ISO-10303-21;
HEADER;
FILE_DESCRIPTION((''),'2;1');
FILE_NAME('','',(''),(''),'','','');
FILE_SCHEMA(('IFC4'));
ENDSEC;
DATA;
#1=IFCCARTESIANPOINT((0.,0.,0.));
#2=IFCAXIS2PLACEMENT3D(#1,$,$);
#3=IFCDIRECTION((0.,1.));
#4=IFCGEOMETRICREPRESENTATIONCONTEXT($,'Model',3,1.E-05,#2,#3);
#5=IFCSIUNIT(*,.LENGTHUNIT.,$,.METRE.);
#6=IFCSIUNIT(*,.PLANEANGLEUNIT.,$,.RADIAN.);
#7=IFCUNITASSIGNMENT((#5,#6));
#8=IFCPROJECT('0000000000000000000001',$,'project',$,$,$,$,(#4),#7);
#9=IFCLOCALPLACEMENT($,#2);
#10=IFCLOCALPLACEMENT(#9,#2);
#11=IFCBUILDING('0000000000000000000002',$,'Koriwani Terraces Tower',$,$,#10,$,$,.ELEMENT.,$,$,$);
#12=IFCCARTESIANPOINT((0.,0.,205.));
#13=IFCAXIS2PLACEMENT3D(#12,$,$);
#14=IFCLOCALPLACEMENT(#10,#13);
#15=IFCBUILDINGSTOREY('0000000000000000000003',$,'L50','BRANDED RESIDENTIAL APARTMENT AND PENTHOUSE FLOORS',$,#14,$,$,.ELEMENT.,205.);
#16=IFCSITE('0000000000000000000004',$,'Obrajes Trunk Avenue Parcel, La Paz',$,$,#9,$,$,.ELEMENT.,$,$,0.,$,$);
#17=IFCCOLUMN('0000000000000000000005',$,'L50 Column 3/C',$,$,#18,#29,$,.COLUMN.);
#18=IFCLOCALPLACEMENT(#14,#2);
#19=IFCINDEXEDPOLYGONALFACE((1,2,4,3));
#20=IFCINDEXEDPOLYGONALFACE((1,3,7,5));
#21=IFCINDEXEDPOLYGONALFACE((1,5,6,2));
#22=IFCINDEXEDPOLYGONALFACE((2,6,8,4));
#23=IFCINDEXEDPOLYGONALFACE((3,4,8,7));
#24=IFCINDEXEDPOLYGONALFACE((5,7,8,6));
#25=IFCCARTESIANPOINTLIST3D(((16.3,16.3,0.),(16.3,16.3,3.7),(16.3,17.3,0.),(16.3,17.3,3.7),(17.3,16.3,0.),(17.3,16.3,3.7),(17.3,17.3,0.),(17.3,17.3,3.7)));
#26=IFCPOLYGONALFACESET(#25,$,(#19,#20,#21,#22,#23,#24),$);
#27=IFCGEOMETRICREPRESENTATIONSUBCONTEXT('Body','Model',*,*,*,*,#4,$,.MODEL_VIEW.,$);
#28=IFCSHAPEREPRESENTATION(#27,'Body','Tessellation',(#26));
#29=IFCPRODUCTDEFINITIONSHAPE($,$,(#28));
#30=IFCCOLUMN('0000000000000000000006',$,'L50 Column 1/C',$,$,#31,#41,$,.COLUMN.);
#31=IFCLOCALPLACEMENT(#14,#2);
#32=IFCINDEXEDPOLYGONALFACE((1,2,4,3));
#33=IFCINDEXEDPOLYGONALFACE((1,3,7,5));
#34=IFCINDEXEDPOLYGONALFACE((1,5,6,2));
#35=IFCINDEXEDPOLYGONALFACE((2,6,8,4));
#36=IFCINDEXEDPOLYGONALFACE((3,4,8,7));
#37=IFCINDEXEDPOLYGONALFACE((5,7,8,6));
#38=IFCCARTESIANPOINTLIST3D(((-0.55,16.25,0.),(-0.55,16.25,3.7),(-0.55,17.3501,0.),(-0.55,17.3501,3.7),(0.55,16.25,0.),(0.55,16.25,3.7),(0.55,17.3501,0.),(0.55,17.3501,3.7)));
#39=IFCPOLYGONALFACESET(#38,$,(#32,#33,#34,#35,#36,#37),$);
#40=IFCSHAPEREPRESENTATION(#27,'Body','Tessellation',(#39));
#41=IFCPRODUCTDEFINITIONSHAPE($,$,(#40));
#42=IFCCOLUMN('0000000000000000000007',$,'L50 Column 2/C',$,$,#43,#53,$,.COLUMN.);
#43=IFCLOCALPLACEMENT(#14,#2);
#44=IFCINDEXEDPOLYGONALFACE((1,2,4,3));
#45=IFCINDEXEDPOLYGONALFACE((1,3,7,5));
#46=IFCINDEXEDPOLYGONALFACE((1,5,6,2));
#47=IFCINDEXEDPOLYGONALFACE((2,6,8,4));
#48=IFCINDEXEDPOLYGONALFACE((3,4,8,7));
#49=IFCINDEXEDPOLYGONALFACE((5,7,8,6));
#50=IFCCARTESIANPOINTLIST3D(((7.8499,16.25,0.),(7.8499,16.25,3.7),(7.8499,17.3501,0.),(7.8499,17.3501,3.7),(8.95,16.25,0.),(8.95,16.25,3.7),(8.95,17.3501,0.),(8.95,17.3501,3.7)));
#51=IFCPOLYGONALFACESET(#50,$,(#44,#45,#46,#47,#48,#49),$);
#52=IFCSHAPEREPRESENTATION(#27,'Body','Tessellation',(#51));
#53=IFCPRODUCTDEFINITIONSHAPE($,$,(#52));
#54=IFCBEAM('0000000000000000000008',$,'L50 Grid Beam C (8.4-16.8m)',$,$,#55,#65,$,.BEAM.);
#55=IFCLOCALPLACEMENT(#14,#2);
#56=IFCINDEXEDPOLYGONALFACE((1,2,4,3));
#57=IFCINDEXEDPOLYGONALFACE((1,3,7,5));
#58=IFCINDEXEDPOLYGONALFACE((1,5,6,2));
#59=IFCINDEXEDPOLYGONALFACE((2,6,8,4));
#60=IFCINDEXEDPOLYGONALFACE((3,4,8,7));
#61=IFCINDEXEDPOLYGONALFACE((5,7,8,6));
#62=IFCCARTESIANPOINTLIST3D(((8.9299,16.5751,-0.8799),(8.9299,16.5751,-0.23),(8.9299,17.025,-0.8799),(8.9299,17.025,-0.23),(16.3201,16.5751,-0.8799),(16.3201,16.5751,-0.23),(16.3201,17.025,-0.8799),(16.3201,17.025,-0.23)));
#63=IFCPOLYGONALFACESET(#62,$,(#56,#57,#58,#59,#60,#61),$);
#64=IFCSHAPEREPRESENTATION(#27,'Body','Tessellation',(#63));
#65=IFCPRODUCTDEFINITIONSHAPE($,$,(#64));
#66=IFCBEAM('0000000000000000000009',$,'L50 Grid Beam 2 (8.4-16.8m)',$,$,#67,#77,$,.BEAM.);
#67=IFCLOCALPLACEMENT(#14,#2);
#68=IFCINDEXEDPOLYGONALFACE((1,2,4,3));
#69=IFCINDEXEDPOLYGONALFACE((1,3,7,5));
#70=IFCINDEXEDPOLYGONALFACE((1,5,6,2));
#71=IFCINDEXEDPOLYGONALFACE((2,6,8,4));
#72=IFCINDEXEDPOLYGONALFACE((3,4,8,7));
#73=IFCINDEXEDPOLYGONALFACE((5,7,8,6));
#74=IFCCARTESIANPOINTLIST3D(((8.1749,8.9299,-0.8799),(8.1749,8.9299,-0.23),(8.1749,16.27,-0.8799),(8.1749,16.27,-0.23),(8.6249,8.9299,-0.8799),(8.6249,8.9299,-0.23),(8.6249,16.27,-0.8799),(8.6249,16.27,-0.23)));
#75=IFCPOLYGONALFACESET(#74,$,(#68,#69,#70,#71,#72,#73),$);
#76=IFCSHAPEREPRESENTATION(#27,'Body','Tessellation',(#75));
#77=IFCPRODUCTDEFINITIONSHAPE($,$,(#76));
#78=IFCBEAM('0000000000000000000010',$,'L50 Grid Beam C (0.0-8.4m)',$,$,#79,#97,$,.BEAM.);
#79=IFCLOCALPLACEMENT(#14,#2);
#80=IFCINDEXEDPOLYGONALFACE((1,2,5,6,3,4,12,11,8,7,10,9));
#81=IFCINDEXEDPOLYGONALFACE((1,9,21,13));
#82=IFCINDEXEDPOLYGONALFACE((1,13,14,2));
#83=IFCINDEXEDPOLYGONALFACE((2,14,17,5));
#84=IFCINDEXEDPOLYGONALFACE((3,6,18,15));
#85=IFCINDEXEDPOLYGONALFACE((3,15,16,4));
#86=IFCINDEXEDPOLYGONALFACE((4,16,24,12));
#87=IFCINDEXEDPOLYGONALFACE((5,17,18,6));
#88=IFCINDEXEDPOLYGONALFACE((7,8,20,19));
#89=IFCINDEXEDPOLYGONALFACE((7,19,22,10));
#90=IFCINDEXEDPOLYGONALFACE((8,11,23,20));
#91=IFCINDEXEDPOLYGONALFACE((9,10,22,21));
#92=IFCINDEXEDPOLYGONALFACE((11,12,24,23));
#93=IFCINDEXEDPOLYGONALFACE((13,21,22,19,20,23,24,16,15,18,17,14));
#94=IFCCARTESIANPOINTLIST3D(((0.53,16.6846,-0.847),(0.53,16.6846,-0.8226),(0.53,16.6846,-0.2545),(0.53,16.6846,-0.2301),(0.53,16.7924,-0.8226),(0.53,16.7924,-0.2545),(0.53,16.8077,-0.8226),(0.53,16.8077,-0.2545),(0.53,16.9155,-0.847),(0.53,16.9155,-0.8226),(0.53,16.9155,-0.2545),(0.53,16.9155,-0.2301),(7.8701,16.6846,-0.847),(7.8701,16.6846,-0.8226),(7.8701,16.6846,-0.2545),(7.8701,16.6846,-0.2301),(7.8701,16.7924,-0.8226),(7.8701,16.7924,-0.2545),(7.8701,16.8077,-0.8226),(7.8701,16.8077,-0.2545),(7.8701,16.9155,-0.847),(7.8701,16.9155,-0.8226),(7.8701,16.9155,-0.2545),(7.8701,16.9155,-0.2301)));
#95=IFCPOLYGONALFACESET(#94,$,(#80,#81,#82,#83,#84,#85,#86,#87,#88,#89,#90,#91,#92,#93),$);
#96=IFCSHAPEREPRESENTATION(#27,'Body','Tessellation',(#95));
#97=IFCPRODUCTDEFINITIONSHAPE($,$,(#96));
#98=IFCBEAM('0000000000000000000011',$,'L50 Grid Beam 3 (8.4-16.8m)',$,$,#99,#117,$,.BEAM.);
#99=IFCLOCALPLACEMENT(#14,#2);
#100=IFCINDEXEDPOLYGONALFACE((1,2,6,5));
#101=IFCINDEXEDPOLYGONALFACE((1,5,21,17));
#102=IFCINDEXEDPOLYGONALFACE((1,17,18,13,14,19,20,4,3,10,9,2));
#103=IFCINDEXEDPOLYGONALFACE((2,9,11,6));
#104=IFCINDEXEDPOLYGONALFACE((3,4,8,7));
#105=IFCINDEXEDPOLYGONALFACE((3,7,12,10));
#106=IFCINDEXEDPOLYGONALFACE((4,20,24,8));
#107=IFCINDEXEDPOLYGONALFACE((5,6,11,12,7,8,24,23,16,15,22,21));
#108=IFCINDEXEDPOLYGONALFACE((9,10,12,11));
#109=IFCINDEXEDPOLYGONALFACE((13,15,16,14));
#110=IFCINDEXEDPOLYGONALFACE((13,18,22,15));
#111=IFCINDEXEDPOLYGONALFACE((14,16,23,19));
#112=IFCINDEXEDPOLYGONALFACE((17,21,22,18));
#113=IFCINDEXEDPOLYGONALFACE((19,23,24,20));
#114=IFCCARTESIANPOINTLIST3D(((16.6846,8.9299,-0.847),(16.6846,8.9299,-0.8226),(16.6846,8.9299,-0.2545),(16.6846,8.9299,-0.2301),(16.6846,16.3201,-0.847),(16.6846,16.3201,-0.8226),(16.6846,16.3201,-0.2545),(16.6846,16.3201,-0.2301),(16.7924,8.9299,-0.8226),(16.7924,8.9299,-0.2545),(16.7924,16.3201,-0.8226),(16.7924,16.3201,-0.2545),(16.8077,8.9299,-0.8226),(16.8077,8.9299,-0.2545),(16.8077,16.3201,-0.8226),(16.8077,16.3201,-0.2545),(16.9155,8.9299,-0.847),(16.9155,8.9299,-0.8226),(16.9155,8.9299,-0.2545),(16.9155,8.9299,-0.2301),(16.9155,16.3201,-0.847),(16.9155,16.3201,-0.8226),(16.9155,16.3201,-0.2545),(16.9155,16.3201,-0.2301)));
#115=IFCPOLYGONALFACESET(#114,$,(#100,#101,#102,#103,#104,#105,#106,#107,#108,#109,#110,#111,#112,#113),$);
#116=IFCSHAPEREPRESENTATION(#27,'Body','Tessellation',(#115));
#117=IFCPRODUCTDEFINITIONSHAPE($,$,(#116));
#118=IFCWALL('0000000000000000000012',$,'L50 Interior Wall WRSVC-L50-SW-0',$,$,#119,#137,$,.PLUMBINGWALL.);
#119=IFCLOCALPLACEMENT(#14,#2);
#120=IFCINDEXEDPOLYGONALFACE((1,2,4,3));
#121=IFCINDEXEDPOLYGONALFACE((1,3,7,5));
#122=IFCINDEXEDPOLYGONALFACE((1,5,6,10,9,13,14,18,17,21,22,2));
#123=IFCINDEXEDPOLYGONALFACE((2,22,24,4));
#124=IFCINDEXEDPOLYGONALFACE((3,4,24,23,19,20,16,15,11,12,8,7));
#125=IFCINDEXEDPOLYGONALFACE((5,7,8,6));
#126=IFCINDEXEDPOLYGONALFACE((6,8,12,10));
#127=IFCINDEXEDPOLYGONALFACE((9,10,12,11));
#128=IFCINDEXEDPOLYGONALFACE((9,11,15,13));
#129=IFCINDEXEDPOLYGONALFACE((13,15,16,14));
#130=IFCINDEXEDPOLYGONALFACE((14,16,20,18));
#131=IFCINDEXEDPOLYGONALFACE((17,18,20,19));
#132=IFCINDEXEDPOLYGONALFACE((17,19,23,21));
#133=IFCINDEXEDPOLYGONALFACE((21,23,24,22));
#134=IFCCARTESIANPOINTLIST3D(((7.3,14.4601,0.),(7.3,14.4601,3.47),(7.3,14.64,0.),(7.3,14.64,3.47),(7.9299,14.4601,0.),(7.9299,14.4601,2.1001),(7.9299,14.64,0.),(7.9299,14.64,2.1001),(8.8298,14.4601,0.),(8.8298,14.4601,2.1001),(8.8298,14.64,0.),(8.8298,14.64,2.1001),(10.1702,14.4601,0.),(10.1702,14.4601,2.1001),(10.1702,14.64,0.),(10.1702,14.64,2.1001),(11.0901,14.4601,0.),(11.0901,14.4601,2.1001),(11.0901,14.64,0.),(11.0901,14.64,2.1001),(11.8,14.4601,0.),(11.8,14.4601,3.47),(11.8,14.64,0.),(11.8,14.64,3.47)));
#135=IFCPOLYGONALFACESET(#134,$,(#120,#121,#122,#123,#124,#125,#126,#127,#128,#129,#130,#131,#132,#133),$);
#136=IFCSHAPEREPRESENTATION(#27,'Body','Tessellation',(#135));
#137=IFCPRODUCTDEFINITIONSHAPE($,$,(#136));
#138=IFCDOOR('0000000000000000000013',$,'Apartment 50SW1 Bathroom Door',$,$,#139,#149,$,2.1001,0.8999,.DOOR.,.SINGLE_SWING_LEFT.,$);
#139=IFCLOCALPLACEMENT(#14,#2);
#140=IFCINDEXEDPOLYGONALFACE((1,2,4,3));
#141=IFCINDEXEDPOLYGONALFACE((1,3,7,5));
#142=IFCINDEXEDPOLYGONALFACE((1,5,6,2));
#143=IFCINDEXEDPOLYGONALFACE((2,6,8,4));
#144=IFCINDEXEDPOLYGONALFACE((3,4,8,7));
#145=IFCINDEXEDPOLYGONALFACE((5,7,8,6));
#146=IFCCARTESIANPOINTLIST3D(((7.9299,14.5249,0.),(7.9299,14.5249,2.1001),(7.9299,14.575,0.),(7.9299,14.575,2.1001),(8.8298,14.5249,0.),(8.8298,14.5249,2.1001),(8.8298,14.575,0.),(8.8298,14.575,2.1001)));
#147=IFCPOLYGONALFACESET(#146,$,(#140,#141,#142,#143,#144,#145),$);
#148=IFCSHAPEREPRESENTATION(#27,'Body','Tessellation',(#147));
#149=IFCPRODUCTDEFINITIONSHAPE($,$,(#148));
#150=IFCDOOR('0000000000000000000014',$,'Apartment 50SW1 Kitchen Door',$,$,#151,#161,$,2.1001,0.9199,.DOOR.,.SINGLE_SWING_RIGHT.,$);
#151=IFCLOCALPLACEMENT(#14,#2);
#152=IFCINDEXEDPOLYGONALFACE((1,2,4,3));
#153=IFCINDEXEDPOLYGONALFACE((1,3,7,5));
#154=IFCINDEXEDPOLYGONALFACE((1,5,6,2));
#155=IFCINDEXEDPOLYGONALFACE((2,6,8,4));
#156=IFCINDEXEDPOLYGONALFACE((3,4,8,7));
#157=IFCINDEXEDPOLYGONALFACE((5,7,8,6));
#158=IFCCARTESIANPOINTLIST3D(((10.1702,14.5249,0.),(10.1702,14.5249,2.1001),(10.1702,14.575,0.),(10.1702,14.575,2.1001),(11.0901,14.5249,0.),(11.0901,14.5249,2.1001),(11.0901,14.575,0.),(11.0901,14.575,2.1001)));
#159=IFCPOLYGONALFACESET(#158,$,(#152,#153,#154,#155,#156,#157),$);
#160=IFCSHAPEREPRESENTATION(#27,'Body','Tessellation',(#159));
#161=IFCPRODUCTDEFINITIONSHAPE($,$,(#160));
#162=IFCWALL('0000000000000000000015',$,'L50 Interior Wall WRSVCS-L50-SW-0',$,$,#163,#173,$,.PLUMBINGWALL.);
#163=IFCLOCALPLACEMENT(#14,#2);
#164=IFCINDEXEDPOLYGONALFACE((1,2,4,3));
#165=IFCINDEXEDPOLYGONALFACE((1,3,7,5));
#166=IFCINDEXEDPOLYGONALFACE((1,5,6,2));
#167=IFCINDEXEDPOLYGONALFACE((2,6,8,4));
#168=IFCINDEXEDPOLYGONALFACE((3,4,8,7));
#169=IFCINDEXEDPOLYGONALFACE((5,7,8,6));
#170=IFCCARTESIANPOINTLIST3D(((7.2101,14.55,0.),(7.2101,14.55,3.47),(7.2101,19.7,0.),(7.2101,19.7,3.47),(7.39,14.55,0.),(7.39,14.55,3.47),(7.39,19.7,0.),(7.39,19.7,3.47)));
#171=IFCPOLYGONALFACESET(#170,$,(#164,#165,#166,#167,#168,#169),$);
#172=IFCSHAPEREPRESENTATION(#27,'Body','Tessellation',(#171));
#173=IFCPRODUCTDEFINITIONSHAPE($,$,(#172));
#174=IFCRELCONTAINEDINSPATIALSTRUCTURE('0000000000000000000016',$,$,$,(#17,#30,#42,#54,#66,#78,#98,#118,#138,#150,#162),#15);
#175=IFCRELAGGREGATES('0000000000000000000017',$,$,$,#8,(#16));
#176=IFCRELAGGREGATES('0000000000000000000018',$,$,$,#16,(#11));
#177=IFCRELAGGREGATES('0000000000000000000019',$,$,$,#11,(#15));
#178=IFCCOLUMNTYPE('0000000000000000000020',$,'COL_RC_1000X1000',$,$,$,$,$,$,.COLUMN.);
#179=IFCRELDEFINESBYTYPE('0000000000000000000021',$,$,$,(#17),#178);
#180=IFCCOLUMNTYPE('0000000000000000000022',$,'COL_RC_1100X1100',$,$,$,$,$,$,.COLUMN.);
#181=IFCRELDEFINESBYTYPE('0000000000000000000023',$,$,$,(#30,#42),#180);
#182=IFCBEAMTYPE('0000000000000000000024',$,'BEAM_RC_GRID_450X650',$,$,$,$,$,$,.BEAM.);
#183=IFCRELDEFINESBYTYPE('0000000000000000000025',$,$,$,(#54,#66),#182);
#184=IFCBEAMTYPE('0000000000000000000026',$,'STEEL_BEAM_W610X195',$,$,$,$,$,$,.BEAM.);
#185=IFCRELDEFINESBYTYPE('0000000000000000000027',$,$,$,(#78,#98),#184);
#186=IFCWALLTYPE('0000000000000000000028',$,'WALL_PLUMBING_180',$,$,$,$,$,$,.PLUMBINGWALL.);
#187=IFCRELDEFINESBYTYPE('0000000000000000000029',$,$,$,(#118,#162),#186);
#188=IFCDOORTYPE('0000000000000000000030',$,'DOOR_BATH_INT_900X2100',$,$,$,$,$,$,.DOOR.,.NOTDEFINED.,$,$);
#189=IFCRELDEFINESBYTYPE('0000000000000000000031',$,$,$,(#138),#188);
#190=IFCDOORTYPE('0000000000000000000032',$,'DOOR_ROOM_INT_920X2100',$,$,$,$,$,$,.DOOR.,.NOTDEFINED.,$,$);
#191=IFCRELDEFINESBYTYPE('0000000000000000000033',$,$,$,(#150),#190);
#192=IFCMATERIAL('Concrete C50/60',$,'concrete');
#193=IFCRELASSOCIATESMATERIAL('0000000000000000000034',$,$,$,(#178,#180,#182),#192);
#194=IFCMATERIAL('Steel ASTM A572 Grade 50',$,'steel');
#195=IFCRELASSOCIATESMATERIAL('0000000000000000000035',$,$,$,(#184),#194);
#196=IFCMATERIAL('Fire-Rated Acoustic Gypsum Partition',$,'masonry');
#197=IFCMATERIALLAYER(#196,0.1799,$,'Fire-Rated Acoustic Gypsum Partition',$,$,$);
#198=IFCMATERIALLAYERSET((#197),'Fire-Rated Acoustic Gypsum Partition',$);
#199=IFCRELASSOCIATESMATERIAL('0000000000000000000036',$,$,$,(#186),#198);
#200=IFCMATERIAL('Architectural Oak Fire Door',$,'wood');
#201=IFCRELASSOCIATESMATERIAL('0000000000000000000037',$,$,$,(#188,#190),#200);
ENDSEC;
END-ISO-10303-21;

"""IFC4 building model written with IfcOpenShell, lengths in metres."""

from ifc_helpers import new_model, si_unit, direction, frame, frame_2d, origin, origin_2d, place, context, subcontext, project, spatial, rectangle, i_section, extrude, material, layer, layer_set, material_profile, profile_set, type_object, element, fill, save


model = new_model("IFC4")

# Units and contexts
model_context = context("Model", 3, precision=1e-05, world=origin(), true_north=direction((0.0, 1.0)))
body_context = subcontext(model_context, "Body", "Model", "MODEL_VIEW")
ifc_project = project(units=[si_unit("LENGTHUNIT", "METRE"), si_unit("PLANEANGLEUNIT", "RADIAN")], contexts=[model_context])

# Site, building, storey
site_placement = place(None, origin())
site = spatial("IfcSite", under=ifc_project, at=site_placement, Name="Obrajes Trunk Avenue Parcel, La Paz", CompositionType="ELEMENT", RefElevation=0.0)
building_placement = place(site_placement, origin())
building = spatial("IfcBuilding", under=site, at=building_placement, Name="Koriwani Terraces Tower", CompositionType="ELEMENT")
storey_placement = place(building_placement, frame((0.0, 0.0, 205.0)))
storey = spatial("IfcBuildingStorey", under=building, at=storey_placement, Name="L50", Description="BRANDED RESIDENTIAL APARTMENT AND PENTHOUSE FLOORS", CompositionType="ELEMENT", Elevation=205.0)

# Columns
ifc_material_1 = material(Name="Concrete C50/60", Category="concrete")
ifc_material_profile_1 = material_profile(ifc_material_1, rectangle(XDim=1.0, YDim=1.0, at=origin_2d()), Name="Concrete C50/60", Category="LoadBearing")
ifc_profile_set_1 = profile_set([ifc_material_profile_1], Name="Concrete C50/60")
column_type_1 = type_object("IfcColumnType", Name="COL_RC_1000X1000", PredefinedType="COLUMN", material=ifc_profile_set_1)
column_placement = place(storey_placement, frame((16.8, 16.8, 0.0), z_axis=(0.0, 0.0, 1.0), x_axis=(1.0, 0.0, 0.0)))
element("IfcColumn", 1, at=column_placement, inside=storey, type_object=column_type_1, Name="L50 Column 3/C", PredefinedType="COLUMN", context=body_context, shape_type="SweptSolid", body=[
    extrude(rectangle(XDim=1.0, YDim=1.0, at=origin_2d()), origin(), (0.0, 0.0, 1.0), 3.7),
])
ifc_material_profile_2 = material_profile(ifc_material_1, rectangle(XDim=1.1001, YDim=1.1001, at=origin_2d()), Name="Concrete C50/60", Category="LoadBearing")
ifc_profile_set_2 = profile_set([ifc_material_profile_2], Name="Concrete C50/60")
column_type_2 = type_object("IfcColumnType", Name="COL_RC_1100X1100", PredefinedType="COLUMN", material=ifc_profile_set_2)
for number, where, z_axis, x_axis, name in (
    (2, (0.0, 16.8, 0.0), (0.0, 0.0, 1.0), (1.0, 0.0, 0.0), "L50 Column 1/C"),
    (3, (8.3999, 16.8, 0.0), (0.0, 0.0, 1.0), (1.0, 0.0, 0.0), "L50 Column 2/C"),
):
    element("IfcColumn", number, at=place(storey_placement, frame(where, z_axis=z_axis, x_axis=x_axis)), inside=storey, type_object=column_type_2, Name=name, PredefinedType="COLUMN", context=body_context, shape_type="SweptSolid", body=[
        extrude(rectangle(XDim=1.1001, YDim=1.1001, at=origin_2d()), origin(), (0.0, 0.0, 1.0), 3.7),
    ])

# Beams
ifc_material_profile_3 = material_profile(ifc_material_1, rectangle(XDim=0.45, YDim=0.6499, at=origin_2d()), Name="Concrete C50/60", Category="LoadBearing")
ifc_profile_set_3 = profile_set([ifc_material_profile_3], Name="Concrete C50/60")
beam_type_1 = type_object("IfcBeamType", Name="BEAM_RC_GRID_450X650", PredefinedType="BEAM", material=ifc_profile_set_3)
beam_1_placement = place(storey_placement, frame((8.9299, 16.8, -0.5549), z_axis=(1.0, 0.0, 0.0), x_axis=(0.0, 1.0, 0.0)))
element("IfcBeam", 4, at=beam_1_placement, inside=storey, type_object=beam_type_1, Name="L50 Grid Beam C (8.4-16.8m)", PredefinedType="BEAM", context=body_context, shape_type="SweptSolid", body=[
    extrude(rectangle(XDim=0.45, YDim=0.6499, at=origin_2d()), origin(), (0.0, 0.0, 1.0), 7.3901),
])
beam_2_placement = place(storey_placement, frame((8.3999, 8.9299, -0.5549), z_axis=(0.0, 1.0, 0.0), x_axis=(-1.0, 0.0, 0.0)))
element("IfcBeam", 5, at=beam_2_placement, inside=storey, type_object=beam_type_1, Name="L50 Grid Beam 2 (8.4-16.8m)", PredefinedType="BEAM", context=body_context, shape_type="SweptSolid", body=[
    extrude(rectangle(XDim=0.45, YDim=0.6499, at=origin_2d()), origin(), (0.0, 0.0, 1.0), 7.3401),
])
ifc_material_2 = material(Name="Steel ASTM A572 Grade 50", Category="steel")
ifc_material_profile_4 = material_profile(ifc_material_2, i_section(OverallWidth=0.231, OverallDepth=0.6169, WebThickness=0.0154, FlangeThickness=0.0244, at=origin_2d()), Name="Steel ASTM A572 Grade 50", Category="LoadBearing")
ifc_profile_set_4 = profile_set([ifc_material_profile_4], Name="Steel ASTM A572 Grade 50")
beam_type_2 = type_object("IfcBeamType", Name="STEEL_BEAM_W610X195", PredefinedType="BEAM", material=ifc_profile_set_4)
beam_3_placement = place(storey_placement, frame((0.53, 16.8, -0.5386), z_axis=(1.0, 0.0, 0.0), x_axis=(0.0, 1.0, 0.0)))
element("IfcBeam", 6, at=beam_3_placement, inside=storey, type_object=beam_type_2, Name="L50 Grid Beam C (0.0-8.4m)", PredefinedType="BEAM", context=body_context, shape_type="SweptSolid", body=[
    extrude(i_section(OverallWidth=0.231, OverallDepth=0.6169, WebThickness=0.0154, FlangeThickness=0.0244, at=origin_2d()), origin(), (0.0, 0.0, 1.0), 7.3401),
])
beam_4_placement = place(storey_placement, frame((16.8, 8.9299, -0.5386), z_axis=(0.0, 1.0, 0.0), x_axis=(-1.0, 0.0, 0.0)))
element("IfcBeam", 7, at=beam_4_placement, inside=storey, type_object=beam_type_2, Name="L50 Grid Beam 3 (8.4-16.8m)", PredefinedType="BEAM", context=body_context, shape_type="SweptSolid", body=[
    extrude(i_section(OverallWidth=0.231, OverallDepth=0.6169, WebThickness=0.0154, FlangeThickness=0.0244, at=origin_2d()), origin(), (0.0, 0.0, 1.0), 7.3901),
])

# Wall, openings, doors
ifc_material_3 = material(Name="Fire-Rated Acoustic Gypsum Partition", Category="masonry")
ifc_layer = layer(ifc_material_3, 0.1799, Name="Fire-Rated Acoustic Gypsum Partition")
ifc_layer_set = layer_set([ifc_layer], Name="Fire-Rated Acoustic Gypsum Partition")
wall_type = type_object("IfcWallType", Name="WALL_PLUMBING_180", PredefinedType="PLUMBINGWALL", material=ifc_layer_set)
wall_1_placement = place(storey_placement, frame((7.3, 14.55, 0.0), z_axis=(0.0, 0.0, 1.0), x_axis=(1.0, 0.0, 0.0)))
wall_1 = element("IfcWall", 8, at=wall_1_placement, inside=storey, type_object=wall_type, Name="L50 Interior Wall WRSVC-L50-SW-0", PredefinedType="PLUMBINGWALL", context=body_context, shape_type="SweptSolid", body=[
    extrude(rectangle(XDim=4.5, YDim=0.1799, at=frame_2d((2.25, 0.0))), origin(), (0.0, 0.0, 1.0), 3.47),
])
opening_1_placement = place(wall_1_placement, frame((0.6299, 0.0, 0.0)))
opening_1 = element("IfcOpeningElement", 9, at=opening_1_placement, cuts=wall_1, PredefinedType="OPENING", context=body_context, shape_type="SweptSolid", body=[
    extrude(rectangle(XDim=0.8999, YDim=2.1001, at=frame_2d((0.45, 1.05))), frame((0.0, 0.1001, 0.0), z_axis=(0.0, -1.0, 0.0), x_axis=(1.0, 0.0, 0.0)), (0.0, 0.0, 1.0), 0.2),
])
opening_2_placement = place(wall_1_placement, frame((2.8701, 0.0, 0.0)))
opening_2 = element("IfcOpeningElement", 10, at=opening_2_placement, cuts=wall_1, PredefinedType="OPENING", context=body_context, shape_type="SweptSolid", body=[
    extrude(rectangle(XDim=0.9199, YDim=2.1001, at=frame_2d((0.46, 1.05))), frame((0.0, 0.1001, 0.0), z_axis=(0.0, -1.0, 0.0), x_axis=(1.0, 0.0, 0.0)), (0.0, 0.0, 1.0), 0.2),
])
ifc_material_4 = material(Name="Architectural Oak Fire Door", Category="wood")
door_type_1 = type_object("IfcDoorType", Name="DOOR_BATH_INT_900X2100", OperationType="NOTDEFINED", PredefinedType="DOOR", material=ifc_material_4)
door_1_placement = place(opening_1_placement, origin())
door_1 = element("IfcDoor", 11, at=door_1_placement, inside=storey, type_object=door_type_1, Name="Apartment 50SW1 Bathroom Door", OperationType="SINGLE_SWING_LEFT", OverallHeight=2.1001, OverallWidth=0.8999, PredefinedType="DOOR", context=body_context, shape_type="SweptSolid", body=[
    extrude(rectangle(XDim=0.8999, YDim=2.1001, at=frame_2d((0.45, 1.05))), frame((0.0, 0.0249, 0.0), z_axis=(0.0, -1.0, 0.0), x_axis=(1.0, 0.0, 0.0)), (0.0, 0.0, 1.0), 0.05),
])
fill(opening_1, door_1)
door_type_2 = type_object("IfcDoorType", Name="DOOR_ROOM_INT_920X2100", OperationType="NOTDEFINED", PredefinedType="DOOR", material=ifc_material_4)
door_2_placement = place(opening_2_placement, origin())
door_2 = element("IfcDoor", 12, at=door_2_placement, inside=storey, type_object=door_type_2, Name="Apartment 50SW1 Kitchen Door", OperationType="SINGLE_SWING_RIGHT", OverallHeight=2.1001, OverallWidth=0.9199, PredefinedType="DOOR", context=body_context, shape_type="SweptSolid", body=[
    extrude(rectangle(XDim=0.9199, YDim=2.1001, at=frame_2d((0.46, 1.05))), frame((0.0, 0.0249, 0.0), z_axis=(0.0, -1.0, 0.0), x_axis=(1.0, 0.0, 0.0)), (0.0, 0.0, 1.0), 0.05),
])
fill(opening_2, door_2)

# Wall
for number, where, z_axis, x_axis, name in (
    (13, (7.3, 14.55, 0.0), (0.0, 0.0, 1.0), (0.0, 1.0, 0.0), "L50 Interior Wall WRSVCS-L50-SW-0"),
):
    element("IfcWall", number, at=place(storey_placement, frame(where, z_axis=z_axis, x_axis=x_axis)), inside=storey, type_object=wall_type, Name=name, PredefinedType="PLUMBINGWALL", context=body_context, shape_type="SweptSolid", body=[
        extrude(rectangle(XDim=5.1499, YDim=0.1799, at=frame_2d((2.575, 0.0))), origin(), (0.0, 0.0, 1.0), 3.47),
    ])

save(model, "model.ifc")
